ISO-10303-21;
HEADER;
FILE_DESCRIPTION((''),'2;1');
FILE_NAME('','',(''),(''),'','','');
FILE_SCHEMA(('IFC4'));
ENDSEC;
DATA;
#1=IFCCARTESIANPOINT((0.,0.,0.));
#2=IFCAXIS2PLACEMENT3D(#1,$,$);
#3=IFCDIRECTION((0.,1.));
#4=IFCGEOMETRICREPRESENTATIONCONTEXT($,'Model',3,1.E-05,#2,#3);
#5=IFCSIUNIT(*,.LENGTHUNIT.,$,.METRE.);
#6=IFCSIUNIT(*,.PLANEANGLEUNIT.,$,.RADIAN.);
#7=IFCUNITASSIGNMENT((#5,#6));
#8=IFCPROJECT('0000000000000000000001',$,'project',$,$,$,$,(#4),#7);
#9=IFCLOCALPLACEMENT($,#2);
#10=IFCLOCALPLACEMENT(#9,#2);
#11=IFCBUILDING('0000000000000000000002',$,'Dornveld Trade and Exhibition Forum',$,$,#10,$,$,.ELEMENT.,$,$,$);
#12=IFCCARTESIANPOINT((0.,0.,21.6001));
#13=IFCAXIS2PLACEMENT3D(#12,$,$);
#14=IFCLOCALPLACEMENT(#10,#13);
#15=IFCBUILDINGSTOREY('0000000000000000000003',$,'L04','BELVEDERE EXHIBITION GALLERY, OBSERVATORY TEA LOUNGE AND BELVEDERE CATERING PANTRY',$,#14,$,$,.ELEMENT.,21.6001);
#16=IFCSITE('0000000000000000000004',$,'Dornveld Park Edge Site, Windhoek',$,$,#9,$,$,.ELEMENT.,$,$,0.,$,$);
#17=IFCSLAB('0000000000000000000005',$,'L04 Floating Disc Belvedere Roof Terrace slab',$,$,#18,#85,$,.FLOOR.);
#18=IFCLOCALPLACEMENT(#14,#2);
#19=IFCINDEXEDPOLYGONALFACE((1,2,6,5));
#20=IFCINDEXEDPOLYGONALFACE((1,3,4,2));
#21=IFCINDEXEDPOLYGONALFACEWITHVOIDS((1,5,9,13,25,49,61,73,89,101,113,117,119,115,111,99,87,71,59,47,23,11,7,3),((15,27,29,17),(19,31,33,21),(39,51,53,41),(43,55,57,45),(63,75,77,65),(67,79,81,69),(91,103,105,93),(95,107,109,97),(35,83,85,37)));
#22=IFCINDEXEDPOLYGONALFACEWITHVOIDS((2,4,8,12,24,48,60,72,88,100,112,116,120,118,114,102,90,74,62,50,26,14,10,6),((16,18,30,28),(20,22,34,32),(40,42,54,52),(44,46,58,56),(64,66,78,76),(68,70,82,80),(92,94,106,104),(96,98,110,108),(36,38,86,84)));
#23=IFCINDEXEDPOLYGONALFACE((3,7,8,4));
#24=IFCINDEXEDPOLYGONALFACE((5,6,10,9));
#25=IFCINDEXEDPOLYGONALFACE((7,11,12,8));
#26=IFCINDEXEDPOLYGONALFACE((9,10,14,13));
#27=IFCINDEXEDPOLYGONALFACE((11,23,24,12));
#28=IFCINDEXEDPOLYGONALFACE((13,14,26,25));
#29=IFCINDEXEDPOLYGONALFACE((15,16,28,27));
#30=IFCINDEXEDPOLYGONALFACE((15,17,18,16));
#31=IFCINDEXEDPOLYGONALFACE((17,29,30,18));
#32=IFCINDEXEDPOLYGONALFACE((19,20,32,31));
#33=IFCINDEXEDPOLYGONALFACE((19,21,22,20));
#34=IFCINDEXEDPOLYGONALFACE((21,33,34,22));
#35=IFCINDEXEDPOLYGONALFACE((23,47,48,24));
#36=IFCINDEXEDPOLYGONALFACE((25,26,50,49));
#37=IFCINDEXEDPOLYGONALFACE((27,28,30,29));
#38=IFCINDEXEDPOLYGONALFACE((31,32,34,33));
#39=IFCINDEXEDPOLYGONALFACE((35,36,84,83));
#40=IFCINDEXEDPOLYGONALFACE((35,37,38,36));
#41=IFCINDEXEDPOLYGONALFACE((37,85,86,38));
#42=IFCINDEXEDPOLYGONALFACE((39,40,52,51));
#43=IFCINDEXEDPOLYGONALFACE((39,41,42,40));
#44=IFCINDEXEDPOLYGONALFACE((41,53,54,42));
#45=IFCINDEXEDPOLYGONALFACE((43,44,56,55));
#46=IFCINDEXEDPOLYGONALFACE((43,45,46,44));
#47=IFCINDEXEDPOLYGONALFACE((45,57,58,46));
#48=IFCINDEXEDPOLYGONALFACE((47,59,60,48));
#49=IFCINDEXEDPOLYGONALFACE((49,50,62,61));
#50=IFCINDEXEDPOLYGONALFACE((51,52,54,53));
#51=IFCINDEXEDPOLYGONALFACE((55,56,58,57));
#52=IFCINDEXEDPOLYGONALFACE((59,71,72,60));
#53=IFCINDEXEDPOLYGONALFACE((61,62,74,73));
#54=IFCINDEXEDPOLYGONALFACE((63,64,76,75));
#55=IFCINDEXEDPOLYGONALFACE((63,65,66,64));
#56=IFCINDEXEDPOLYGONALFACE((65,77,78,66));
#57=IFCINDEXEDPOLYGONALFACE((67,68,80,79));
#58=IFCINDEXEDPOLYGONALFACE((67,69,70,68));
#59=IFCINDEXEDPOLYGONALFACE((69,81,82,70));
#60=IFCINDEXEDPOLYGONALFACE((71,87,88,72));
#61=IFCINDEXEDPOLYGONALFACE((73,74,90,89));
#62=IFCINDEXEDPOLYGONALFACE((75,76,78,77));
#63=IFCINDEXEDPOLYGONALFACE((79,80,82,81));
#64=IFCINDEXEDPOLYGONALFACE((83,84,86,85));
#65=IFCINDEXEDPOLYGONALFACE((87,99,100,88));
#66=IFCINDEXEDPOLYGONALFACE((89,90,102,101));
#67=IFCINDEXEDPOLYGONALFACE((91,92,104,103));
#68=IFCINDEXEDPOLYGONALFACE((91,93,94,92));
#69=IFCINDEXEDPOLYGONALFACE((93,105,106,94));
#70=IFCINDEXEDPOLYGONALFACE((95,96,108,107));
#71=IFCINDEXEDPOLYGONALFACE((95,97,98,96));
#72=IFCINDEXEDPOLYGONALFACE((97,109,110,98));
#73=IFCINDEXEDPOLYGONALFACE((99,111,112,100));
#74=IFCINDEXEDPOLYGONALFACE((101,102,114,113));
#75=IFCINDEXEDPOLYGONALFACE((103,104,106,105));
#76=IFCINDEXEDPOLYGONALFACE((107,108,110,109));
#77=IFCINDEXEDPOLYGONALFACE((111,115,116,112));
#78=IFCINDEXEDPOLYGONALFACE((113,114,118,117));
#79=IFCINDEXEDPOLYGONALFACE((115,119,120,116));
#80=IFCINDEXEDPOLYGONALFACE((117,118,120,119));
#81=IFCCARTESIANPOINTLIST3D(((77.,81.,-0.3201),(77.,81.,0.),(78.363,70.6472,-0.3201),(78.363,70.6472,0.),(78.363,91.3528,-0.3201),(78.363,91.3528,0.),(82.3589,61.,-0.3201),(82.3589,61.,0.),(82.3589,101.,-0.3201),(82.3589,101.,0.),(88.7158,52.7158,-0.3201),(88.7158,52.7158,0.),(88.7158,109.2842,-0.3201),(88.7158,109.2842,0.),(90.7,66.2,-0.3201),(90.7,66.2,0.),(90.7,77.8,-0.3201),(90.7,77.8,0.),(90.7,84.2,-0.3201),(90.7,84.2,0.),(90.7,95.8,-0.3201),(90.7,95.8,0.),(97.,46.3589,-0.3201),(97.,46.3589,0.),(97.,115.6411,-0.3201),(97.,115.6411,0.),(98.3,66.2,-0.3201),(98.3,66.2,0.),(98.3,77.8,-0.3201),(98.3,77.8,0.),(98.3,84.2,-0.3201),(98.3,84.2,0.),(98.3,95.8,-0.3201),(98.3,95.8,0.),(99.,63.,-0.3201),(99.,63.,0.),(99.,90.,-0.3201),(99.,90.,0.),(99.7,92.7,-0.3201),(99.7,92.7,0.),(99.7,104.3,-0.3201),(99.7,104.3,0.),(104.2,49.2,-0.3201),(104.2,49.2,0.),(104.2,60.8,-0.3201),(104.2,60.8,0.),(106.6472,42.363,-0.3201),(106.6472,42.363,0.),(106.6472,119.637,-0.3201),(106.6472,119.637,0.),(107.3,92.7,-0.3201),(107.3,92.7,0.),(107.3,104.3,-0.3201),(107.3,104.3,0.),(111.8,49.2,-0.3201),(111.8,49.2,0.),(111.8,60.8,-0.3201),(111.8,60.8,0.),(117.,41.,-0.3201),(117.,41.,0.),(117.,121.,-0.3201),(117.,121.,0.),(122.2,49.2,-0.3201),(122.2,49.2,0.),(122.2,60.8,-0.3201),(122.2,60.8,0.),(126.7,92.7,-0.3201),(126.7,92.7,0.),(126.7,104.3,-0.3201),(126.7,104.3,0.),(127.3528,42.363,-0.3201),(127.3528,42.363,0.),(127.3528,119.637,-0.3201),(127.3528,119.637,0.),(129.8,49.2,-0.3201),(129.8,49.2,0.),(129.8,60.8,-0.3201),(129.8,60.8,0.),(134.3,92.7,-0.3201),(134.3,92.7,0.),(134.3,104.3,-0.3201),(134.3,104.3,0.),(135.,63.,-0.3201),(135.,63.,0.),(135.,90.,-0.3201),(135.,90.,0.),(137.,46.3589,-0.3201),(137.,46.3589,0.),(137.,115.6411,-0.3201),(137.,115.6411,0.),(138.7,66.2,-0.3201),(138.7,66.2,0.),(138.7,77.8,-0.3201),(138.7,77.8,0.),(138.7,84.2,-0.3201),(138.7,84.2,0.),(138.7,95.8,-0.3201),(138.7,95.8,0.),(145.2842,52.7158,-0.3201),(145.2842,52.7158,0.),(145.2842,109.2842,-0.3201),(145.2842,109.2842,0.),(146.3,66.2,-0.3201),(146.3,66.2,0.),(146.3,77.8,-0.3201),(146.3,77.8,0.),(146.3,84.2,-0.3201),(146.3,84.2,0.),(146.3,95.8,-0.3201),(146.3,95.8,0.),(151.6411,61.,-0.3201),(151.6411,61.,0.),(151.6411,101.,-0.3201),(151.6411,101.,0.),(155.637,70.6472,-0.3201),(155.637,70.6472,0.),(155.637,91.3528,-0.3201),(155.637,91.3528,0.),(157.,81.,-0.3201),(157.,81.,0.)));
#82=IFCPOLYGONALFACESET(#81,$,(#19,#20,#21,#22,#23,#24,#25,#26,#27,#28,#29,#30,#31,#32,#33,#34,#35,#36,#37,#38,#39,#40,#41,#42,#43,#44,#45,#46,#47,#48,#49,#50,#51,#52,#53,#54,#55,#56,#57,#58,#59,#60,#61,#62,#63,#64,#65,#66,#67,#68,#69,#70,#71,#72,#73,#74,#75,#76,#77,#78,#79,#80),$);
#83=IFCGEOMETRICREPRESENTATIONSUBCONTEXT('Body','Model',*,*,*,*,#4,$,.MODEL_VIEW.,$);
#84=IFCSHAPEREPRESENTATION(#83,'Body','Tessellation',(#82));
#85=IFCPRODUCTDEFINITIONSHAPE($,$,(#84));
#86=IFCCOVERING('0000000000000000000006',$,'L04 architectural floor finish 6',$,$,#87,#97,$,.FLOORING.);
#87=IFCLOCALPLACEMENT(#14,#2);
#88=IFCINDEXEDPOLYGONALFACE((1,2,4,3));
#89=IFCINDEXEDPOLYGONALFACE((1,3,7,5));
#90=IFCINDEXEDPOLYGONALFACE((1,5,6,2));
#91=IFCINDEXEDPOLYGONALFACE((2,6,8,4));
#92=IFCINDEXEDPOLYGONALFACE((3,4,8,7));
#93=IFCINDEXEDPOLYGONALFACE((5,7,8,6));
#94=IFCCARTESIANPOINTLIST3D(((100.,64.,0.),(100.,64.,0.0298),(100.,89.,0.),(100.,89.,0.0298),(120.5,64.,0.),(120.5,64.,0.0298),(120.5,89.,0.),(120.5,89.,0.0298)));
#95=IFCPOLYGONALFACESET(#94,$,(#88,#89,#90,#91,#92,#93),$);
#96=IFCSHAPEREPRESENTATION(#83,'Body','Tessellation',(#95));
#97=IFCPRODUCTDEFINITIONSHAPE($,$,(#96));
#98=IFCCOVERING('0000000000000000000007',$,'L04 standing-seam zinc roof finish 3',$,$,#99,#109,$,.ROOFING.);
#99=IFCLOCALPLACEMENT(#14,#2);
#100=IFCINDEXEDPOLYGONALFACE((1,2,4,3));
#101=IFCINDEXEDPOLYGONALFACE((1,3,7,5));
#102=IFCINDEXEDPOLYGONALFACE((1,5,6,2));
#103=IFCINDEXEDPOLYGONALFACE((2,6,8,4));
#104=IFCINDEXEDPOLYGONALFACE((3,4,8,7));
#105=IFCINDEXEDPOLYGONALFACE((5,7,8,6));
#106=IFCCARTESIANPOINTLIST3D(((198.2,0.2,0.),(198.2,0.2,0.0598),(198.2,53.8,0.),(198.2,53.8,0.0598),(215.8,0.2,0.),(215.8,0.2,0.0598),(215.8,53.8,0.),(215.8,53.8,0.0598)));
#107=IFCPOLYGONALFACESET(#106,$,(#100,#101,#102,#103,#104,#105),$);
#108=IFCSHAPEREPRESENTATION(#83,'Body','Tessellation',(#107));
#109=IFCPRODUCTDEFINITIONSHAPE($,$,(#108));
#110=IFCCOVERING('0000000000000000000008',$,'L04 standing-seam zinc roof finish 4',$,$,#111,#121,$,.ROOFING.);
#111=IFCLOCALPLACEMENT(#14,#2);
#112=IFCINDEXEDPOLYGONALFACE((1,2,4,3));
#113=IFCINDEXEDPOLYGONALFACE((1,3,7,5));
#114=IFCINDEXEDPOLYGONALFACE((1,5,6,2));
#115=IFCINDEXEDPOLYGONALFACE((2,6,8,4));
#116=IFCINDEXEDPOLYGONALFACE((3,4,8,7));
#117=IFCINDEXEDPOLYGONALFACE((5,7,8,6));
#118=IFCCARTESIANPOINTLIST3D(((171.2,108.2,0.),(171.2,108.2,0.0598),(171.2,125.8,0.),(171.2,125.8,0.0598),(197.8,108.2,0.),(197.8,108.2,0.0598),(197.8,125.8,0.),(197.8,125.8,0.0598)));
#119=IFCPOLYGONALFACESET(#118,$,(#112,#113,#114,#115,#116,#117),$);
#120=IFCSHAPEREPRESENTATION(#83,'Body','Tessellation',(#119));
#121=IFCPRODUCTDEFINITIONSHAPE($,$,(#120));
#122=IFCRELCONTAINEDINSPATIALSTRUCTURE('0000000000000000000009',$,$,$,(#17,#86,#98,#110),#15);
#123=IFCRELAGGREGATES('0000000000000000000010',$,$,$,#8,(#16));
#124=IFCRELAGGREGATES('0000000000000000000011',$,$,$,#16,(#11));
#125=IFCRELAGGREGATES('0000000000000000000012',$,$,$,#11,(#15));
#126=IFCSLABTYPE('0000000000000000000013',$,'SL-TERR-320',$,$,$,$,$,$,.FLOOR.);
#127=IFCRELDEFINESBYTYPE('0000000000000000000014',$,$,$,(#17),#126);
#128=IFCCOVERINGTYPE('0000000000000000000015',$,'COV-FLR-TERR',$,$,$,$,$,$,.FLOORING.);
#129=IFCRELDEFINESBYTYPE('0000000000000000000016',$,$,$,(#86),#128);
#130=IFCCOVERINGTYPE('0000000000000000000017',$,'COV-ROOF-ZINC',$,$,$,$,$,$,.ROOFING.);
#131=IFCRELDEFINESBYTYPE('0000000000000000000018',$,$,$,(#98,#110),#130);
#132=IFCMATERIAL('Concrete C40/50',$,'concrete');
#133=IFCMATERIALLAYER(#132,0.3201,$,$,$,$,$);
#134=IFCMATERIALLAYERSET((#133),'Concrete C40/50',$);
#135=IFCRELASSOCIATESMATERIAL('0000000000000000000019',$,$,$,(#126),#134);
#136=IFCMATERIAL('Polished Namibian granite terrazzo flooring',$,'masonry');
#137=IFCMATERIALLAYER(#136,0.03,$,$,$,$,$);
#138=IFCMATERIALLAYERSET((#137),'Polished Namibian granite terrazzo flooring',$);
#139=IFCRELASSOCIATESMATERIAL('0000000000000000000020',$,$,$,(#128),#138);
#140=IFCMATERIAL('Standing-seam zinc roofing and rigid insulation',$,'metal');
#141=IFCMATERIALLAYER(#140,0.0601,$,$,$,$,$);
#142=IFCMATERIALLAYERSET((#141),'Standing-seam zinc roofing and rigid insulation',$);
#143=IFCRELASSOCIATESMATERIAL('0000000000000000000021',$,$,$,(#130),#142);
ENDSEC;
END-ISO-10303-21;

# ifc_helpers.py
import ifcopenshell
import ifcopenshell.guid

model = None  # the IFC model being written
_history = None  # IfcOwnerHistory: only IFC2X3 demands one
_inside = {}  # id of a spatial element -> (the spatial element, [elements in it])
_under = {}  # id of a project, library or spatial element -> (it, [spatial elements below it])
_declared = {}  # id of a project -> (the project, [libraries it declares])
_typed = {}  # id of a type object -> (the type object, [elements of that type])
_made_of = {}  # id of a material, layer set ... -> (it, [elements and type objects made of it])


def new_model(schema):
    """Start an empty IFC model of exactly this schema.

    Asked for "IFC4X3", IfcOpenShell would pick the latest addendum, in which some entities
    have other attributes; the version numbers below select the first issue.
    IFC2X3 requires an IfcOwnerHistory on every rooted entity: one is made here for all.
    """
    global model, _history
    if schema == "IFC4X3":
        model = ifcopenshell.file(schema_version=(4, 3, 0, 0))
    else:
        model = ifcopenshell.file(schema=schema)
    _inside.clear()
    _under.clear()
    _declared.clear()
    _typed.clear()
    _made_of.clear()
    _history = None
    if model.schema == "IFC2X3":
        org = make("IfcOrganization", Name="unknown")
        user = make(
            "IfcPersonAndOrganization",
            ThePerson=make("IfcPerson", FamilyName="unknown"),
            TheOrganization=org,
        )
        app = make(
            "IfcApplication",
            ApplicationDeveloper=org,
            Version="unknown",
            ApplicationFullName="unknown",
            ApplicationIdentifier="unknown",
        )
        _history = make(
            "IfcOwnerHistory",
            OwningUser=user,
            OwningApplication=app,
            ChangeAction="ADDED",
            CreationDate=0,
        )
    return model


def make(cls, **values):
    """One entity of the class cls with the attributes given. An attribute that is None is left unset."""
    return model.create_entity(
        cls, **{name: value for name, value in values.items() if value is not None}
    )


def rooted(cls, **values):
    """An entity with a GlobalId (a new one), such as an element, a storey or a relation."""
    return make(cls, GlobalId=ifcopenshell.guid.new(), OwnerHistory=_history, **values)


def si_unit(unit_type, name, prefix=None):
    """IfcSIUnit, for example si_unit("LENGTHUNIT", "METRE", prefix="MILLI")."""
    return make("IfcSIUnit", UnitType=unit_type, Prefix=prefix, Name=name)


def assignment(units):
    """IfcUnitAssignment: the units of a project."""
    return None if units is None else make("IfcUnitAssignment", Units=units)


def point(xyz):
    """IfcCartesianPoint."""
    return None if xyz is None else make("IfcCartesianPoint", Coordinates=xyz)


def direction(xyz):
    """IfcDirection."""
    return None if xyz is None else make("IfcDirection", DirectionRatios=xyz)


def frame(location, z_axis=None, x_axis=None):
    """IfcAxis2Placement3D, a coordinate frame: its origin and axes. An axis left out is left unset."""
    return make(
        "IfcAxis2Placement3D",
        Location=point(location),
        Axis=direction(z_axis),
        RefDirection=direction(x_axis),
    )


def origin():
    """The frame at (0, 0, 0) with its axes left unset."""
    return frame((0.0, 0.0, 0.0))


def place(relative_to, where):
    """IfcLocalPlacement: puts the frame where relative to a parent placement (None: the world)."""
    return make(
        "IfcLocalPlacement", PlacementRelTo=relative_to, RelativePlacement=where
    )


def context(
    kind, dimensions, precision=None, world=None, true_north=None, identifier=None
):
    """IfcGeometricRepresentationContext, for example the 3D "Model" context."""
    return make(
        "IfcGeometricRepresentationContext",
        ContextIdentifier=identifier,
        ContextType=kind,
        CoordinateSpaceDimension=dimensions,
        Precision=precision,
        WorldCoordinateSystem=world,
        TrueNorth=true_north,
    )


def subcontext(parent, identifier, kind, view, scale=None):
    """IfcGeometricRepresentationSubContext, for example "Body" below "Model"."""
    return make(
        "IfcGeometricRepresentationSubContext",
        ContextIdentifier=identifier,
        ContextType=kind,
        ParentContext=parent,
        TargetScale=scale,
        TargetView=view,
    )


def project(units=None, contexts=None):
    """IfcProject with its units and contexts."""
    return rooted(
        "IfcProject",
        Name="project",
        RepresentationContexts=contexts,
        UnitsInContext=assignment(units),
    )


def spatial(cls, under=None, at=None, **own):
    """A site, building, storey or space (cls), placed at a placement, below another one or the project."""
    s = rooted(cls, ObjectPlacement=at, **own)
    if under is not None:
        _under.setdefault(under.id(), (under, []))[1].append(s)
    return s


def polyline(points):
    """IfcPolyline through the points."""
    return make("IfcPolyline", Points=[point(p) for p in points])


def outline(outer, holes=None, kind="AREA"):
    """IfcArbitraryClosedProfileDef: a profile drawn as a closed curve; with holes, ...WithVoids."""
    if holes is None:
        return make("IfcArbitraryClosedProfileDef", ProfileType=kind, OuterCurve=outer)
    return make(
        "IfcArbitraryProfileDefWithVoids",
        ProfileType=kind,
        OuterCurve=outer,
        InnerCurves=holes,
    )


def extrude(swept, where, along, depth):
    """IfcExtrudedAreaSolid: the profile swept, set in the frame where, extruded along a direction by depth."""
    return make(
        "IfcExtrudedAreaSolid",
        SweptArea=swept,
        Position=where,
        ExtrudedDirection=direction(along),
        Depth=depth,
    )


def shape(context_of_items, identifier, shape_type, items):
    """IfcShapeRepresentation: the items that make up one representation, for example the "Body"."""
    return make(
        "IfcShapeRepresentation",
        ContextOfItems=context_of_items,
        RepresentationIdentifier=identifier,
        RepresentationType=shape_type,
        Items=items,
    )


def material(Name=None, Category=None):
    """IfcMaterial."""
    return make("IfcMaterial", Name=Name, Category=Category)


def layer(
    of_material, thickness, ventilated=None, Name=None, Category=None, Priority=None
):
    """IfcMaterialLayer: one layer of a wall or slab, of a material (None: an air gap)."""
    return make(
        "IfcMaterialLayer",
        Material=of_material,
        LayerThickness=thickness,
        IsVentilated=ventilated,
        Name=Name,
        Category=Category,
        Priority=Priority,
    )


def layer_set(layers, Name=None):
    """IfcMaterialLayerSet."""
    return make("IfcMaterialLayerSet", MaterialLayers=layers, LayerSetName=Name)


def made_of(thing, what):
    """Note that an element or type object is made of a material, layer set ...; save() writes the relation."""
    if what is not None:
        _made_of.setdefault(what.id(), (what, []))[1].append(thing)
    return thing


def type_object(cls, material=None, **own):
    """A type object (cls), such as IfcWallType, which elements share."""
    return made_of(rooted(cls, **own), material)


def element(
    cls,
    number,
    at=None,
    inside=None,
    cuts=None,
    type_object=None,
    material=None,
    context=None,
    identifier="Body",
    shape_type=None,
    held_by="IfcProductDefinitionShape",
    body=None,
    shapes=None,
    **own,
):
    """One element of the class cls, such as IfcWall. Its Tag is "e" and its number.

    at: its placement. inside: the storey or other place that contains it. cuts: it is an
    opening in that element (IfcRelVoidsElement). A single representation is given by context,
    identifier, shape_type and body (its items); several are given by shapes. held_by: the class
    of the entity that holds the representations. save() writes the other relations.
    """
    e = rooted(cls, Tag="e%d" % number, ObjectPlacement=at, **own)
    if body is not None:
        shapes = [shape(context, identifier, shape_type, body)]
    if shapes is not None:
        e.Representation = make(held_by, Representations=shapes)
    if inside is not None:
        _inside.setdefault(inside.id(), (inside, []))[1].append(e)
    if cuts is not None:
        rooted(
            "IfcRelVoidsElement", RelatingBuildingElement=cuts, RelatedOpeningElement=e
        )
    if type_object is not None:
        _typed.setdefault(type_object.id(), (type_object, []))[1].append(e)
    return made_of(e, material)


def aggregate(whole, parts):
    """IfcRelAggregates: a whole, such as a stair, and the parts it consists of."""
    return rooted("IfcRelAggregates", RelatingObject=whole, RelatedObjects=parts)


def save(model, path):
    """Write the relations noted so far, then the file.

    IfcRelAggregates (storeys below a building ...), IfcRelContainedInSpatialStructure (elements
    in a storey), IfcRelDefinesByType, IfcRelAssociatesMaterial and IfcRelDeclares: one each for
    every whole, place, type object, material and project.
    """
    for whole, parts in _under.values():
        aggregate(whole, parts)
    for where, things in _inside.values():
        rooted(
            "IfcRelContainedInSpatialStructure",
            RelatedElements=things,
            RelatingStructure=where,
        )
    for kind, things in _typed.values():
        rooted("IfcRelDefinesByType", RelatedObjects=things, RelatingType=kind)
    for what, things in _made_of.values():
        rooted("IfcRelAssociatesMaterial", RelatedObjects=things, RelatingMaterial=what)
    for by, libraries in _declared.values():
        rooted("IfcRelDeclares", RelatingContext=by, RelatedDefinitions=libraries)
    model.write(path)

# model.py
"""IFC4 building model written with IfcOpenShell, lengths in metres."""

from ifc_helpers import new_model, si_unit, direction, frame, origin, place, context, subcontext, project, spatial, polyline, outline, extrude, material, layer, layer_set, type_object, element, save


model = new_model("IFC4")

# Units and contexts
model_context = context("Model", 3, precision=1e-05, world=origin(), true_north=direction((0.0, 1.0)))
body_context = subcontext(model_context, "Body", "Model", "MODEL_VIEW")
ifc_project = project(units=[si_unit("LENGTHUNIT", "METRE"), si_unit("PLANEANGLEUNIT", "RADIAN")], contexts=[model_context])

# Site, building, storey
site_placement = place(None, origin())
site = spatial("IfcSite", under=ifc_project, at=site_placement, Name="Dornveld Park Edge Site, Windhoek", CompositionType="ELEMENT", RefElevation=0.0)
building_placement = place(site_placement, origin())
building = spatial("IfcBuilding", under=site, at=building_placement, Name="Dornveld Trade and Exhibition Forum", CompositionType="ELEMENT")
storey_placement = place(building_placement, frame((0.0, 0.0, 21.6001)))
storey = spatial("IfcBuildingStorey", under=building, at=storey_placement, Name="L04", Description="BELVEDERE EXHIBITION GALLERY, OBSERVATORY TEA LOUNGE AND BELVEDERE CATERING PANTRY", CompositionType="ELEMENT", Elevation=21.6001)

# Slab
ifc_material_1 = material(Name="Concrete C40/50", Category="concrete")
ifc_layer_1 = layer(ifc_material_1, 0.3201)
ifc_layer_set_1 = layer_set([ifc_layer_1], Name="Concrete C40/50")
slab_type_1 = type_object("IfcSlabType", Name="SL-TERR-320", PredefinedType="FLOOR", material=ifc_layer_set_1)
slab_1_placement = place(storey_placement, frame((0.0, 0.0, -0.3201)))
element("IfcSlab", 1, at=slab_1_placement, inside=storey, type_object=slab_type_1, Name="L04 Floating Disc Belvedere Roof Terrace slab", PredefinedType="FLOOR", context=body_context, shape_type="SweptSolid", body=[
    extrude(outline(polyline([(155.637, 70.6472), (151.6411, 61.0), (145.2842, 52.7158), (137.0, 46.3589), (127.3528, 42.363), (117.0, 41.0), (106.6472, 42.363), (97.0, 46.3589), (88.7158, 52.7158), (82.3589, 61.0), (78.363, 70.6472), (77.0, 81.0), (78.363, 91.3528), (82.3589, 101.0), (88.7158, 109.2842), (97.0, 115.6411), (106.6472, 119.637), (117.0, 121.0), (127.3528, 119.637), (137.0, 115.6411), (145.2842, 109.2842), (151.6411, 101.0), (155.637, 91.3528), (157.0, 81.0), (155.637, 70.6472)]), holes=[polyline([(111.8, 60.8), (104.2, 60.8), (104.2, 49.2), (111.8, 49.2), (111.8, 60.8)]), polyline([(129.8, 60.8), (122.2, 60.8), (122.2, 49.2), (129.8, 49.2), (129.8, 60.8)]), polyline([(98.3, 77.8), (90.7, 77.8), (90.7, 66.2), (98.3, 66.2), (98.3, 77.8)]), polyline([(146.3, 77.8), (138.7, 77.8), (138.7, 66.2), (146.3, 66.2), (146.3, 77.8)]), polyline([(135.0, 90.0), (99.0, 90.0), (99.0, 63.0), (135.0, 63.0), (135.0, 90.0)]), polyline([(98.3, 95.8), (90.7, 95.8), (90.7, 84.2), (98.3, 84.2), (98.3, 95.8)]), polyline([(146.3, 95.8), (138.7, 95.8), (138.7, 84.2), (146.3, 84.2), (146.3, 95.8)]), polyline([(107.3, 92.7), (107.3, 104.3), (99.7, 104.3), (99.7, 92.7), (107.3, 92.7)]), polyline([(134.3, 92.7), (134.3, 104.3), (126.7, 104.3), (126.7, 92.7), (134.3, 92.7)])]), origin(), (0.0, 0.0, 1.0), 0.3201),
])

# Coverings
ifc_material_2 = material(Name="Polished Namibian granite terrazzo flooring", Category="masonry")
ifc_layer_2 = layer(ifc_material_2, 0.03)
ifc_layer_set_2 = layer_set([ifc_layer_2], Name="Polished Namibian granite terrazzo flooring")
covering_type_1 = type_object("IfcCoveringType", Name="COV-FLR-TERR", PredefinedType="FLOORING", material=ifc_layer_set_2)
covering_1_placement = place(storey_placement, origin())
element("IfcCovering", 2, at=covering_1_placement, inside=storey, type_object=covering_type_1, Name="L04 architectural floor finish 6", PredefinedType="FLOORING", context=body_context, shape_type="SweptSolid", body=[
    extrude(outline(polyline([(100.0, 64.0), (120.5, 64.0), (120.5, 89.0), (100.0, 89.0), (100.0, 64.0)])), origin(), (0.0, 0.0, 1.0), 0.0298),
])
ifc_material_3 = material(Name="Standing-seam zinc roofing and rigid insulation", Category="metal")
ifc_layer_3 = layer(ifc_material_3, 0.0601)
ifc_layer_set_3 = layer_set([ifc_layer_3], Name="Standing-seam zinc roofing and rigid insulation")
covering_type_2 = type_object("IfcCoveringType", Name="COV-ROOF-ZINC", PredefinedType="ROOFING", material=ifc_layer_set_3)
covering_2_placement = place(storey_placement, origin())
element("IfcCovering", 3, at=covering_2_placement, inside=storey, type_object=covering_type_2, Name="L04 standing-seam zinc roof finish 3", PredefinedType="ROOFING", context=body_context, shape_type="SweptSolid", body=[
    extrude(outline(polyline([(198.2, 0.2), (215.8, 0.2), (215.8, 53.8), (198.2, 53.8), (198.2, 0.2)])), origin(), (0.0, 0.0, 1.0), 0.0598),
])
covering_3_placement = place(storey_placement, origin())
element("IfcCovering", 4, at=covering_3_placement, inside=storey, type_object=covering_type_2, Name="L04 standing-seam zinc roof finish 4", PredefinedType="ROOFING", context=body_context, shape_type="SweptSolid", body=[
    extrude(outline(polyline([(171.2, 108.2), (197.8, 108.2), (197.8, 125.8), (171.2, 125.8), (171.2, 108.2)])), origin(), (0.0, 0.0, 1.0), 0.0598),
])

save(model, "model.ifc")
